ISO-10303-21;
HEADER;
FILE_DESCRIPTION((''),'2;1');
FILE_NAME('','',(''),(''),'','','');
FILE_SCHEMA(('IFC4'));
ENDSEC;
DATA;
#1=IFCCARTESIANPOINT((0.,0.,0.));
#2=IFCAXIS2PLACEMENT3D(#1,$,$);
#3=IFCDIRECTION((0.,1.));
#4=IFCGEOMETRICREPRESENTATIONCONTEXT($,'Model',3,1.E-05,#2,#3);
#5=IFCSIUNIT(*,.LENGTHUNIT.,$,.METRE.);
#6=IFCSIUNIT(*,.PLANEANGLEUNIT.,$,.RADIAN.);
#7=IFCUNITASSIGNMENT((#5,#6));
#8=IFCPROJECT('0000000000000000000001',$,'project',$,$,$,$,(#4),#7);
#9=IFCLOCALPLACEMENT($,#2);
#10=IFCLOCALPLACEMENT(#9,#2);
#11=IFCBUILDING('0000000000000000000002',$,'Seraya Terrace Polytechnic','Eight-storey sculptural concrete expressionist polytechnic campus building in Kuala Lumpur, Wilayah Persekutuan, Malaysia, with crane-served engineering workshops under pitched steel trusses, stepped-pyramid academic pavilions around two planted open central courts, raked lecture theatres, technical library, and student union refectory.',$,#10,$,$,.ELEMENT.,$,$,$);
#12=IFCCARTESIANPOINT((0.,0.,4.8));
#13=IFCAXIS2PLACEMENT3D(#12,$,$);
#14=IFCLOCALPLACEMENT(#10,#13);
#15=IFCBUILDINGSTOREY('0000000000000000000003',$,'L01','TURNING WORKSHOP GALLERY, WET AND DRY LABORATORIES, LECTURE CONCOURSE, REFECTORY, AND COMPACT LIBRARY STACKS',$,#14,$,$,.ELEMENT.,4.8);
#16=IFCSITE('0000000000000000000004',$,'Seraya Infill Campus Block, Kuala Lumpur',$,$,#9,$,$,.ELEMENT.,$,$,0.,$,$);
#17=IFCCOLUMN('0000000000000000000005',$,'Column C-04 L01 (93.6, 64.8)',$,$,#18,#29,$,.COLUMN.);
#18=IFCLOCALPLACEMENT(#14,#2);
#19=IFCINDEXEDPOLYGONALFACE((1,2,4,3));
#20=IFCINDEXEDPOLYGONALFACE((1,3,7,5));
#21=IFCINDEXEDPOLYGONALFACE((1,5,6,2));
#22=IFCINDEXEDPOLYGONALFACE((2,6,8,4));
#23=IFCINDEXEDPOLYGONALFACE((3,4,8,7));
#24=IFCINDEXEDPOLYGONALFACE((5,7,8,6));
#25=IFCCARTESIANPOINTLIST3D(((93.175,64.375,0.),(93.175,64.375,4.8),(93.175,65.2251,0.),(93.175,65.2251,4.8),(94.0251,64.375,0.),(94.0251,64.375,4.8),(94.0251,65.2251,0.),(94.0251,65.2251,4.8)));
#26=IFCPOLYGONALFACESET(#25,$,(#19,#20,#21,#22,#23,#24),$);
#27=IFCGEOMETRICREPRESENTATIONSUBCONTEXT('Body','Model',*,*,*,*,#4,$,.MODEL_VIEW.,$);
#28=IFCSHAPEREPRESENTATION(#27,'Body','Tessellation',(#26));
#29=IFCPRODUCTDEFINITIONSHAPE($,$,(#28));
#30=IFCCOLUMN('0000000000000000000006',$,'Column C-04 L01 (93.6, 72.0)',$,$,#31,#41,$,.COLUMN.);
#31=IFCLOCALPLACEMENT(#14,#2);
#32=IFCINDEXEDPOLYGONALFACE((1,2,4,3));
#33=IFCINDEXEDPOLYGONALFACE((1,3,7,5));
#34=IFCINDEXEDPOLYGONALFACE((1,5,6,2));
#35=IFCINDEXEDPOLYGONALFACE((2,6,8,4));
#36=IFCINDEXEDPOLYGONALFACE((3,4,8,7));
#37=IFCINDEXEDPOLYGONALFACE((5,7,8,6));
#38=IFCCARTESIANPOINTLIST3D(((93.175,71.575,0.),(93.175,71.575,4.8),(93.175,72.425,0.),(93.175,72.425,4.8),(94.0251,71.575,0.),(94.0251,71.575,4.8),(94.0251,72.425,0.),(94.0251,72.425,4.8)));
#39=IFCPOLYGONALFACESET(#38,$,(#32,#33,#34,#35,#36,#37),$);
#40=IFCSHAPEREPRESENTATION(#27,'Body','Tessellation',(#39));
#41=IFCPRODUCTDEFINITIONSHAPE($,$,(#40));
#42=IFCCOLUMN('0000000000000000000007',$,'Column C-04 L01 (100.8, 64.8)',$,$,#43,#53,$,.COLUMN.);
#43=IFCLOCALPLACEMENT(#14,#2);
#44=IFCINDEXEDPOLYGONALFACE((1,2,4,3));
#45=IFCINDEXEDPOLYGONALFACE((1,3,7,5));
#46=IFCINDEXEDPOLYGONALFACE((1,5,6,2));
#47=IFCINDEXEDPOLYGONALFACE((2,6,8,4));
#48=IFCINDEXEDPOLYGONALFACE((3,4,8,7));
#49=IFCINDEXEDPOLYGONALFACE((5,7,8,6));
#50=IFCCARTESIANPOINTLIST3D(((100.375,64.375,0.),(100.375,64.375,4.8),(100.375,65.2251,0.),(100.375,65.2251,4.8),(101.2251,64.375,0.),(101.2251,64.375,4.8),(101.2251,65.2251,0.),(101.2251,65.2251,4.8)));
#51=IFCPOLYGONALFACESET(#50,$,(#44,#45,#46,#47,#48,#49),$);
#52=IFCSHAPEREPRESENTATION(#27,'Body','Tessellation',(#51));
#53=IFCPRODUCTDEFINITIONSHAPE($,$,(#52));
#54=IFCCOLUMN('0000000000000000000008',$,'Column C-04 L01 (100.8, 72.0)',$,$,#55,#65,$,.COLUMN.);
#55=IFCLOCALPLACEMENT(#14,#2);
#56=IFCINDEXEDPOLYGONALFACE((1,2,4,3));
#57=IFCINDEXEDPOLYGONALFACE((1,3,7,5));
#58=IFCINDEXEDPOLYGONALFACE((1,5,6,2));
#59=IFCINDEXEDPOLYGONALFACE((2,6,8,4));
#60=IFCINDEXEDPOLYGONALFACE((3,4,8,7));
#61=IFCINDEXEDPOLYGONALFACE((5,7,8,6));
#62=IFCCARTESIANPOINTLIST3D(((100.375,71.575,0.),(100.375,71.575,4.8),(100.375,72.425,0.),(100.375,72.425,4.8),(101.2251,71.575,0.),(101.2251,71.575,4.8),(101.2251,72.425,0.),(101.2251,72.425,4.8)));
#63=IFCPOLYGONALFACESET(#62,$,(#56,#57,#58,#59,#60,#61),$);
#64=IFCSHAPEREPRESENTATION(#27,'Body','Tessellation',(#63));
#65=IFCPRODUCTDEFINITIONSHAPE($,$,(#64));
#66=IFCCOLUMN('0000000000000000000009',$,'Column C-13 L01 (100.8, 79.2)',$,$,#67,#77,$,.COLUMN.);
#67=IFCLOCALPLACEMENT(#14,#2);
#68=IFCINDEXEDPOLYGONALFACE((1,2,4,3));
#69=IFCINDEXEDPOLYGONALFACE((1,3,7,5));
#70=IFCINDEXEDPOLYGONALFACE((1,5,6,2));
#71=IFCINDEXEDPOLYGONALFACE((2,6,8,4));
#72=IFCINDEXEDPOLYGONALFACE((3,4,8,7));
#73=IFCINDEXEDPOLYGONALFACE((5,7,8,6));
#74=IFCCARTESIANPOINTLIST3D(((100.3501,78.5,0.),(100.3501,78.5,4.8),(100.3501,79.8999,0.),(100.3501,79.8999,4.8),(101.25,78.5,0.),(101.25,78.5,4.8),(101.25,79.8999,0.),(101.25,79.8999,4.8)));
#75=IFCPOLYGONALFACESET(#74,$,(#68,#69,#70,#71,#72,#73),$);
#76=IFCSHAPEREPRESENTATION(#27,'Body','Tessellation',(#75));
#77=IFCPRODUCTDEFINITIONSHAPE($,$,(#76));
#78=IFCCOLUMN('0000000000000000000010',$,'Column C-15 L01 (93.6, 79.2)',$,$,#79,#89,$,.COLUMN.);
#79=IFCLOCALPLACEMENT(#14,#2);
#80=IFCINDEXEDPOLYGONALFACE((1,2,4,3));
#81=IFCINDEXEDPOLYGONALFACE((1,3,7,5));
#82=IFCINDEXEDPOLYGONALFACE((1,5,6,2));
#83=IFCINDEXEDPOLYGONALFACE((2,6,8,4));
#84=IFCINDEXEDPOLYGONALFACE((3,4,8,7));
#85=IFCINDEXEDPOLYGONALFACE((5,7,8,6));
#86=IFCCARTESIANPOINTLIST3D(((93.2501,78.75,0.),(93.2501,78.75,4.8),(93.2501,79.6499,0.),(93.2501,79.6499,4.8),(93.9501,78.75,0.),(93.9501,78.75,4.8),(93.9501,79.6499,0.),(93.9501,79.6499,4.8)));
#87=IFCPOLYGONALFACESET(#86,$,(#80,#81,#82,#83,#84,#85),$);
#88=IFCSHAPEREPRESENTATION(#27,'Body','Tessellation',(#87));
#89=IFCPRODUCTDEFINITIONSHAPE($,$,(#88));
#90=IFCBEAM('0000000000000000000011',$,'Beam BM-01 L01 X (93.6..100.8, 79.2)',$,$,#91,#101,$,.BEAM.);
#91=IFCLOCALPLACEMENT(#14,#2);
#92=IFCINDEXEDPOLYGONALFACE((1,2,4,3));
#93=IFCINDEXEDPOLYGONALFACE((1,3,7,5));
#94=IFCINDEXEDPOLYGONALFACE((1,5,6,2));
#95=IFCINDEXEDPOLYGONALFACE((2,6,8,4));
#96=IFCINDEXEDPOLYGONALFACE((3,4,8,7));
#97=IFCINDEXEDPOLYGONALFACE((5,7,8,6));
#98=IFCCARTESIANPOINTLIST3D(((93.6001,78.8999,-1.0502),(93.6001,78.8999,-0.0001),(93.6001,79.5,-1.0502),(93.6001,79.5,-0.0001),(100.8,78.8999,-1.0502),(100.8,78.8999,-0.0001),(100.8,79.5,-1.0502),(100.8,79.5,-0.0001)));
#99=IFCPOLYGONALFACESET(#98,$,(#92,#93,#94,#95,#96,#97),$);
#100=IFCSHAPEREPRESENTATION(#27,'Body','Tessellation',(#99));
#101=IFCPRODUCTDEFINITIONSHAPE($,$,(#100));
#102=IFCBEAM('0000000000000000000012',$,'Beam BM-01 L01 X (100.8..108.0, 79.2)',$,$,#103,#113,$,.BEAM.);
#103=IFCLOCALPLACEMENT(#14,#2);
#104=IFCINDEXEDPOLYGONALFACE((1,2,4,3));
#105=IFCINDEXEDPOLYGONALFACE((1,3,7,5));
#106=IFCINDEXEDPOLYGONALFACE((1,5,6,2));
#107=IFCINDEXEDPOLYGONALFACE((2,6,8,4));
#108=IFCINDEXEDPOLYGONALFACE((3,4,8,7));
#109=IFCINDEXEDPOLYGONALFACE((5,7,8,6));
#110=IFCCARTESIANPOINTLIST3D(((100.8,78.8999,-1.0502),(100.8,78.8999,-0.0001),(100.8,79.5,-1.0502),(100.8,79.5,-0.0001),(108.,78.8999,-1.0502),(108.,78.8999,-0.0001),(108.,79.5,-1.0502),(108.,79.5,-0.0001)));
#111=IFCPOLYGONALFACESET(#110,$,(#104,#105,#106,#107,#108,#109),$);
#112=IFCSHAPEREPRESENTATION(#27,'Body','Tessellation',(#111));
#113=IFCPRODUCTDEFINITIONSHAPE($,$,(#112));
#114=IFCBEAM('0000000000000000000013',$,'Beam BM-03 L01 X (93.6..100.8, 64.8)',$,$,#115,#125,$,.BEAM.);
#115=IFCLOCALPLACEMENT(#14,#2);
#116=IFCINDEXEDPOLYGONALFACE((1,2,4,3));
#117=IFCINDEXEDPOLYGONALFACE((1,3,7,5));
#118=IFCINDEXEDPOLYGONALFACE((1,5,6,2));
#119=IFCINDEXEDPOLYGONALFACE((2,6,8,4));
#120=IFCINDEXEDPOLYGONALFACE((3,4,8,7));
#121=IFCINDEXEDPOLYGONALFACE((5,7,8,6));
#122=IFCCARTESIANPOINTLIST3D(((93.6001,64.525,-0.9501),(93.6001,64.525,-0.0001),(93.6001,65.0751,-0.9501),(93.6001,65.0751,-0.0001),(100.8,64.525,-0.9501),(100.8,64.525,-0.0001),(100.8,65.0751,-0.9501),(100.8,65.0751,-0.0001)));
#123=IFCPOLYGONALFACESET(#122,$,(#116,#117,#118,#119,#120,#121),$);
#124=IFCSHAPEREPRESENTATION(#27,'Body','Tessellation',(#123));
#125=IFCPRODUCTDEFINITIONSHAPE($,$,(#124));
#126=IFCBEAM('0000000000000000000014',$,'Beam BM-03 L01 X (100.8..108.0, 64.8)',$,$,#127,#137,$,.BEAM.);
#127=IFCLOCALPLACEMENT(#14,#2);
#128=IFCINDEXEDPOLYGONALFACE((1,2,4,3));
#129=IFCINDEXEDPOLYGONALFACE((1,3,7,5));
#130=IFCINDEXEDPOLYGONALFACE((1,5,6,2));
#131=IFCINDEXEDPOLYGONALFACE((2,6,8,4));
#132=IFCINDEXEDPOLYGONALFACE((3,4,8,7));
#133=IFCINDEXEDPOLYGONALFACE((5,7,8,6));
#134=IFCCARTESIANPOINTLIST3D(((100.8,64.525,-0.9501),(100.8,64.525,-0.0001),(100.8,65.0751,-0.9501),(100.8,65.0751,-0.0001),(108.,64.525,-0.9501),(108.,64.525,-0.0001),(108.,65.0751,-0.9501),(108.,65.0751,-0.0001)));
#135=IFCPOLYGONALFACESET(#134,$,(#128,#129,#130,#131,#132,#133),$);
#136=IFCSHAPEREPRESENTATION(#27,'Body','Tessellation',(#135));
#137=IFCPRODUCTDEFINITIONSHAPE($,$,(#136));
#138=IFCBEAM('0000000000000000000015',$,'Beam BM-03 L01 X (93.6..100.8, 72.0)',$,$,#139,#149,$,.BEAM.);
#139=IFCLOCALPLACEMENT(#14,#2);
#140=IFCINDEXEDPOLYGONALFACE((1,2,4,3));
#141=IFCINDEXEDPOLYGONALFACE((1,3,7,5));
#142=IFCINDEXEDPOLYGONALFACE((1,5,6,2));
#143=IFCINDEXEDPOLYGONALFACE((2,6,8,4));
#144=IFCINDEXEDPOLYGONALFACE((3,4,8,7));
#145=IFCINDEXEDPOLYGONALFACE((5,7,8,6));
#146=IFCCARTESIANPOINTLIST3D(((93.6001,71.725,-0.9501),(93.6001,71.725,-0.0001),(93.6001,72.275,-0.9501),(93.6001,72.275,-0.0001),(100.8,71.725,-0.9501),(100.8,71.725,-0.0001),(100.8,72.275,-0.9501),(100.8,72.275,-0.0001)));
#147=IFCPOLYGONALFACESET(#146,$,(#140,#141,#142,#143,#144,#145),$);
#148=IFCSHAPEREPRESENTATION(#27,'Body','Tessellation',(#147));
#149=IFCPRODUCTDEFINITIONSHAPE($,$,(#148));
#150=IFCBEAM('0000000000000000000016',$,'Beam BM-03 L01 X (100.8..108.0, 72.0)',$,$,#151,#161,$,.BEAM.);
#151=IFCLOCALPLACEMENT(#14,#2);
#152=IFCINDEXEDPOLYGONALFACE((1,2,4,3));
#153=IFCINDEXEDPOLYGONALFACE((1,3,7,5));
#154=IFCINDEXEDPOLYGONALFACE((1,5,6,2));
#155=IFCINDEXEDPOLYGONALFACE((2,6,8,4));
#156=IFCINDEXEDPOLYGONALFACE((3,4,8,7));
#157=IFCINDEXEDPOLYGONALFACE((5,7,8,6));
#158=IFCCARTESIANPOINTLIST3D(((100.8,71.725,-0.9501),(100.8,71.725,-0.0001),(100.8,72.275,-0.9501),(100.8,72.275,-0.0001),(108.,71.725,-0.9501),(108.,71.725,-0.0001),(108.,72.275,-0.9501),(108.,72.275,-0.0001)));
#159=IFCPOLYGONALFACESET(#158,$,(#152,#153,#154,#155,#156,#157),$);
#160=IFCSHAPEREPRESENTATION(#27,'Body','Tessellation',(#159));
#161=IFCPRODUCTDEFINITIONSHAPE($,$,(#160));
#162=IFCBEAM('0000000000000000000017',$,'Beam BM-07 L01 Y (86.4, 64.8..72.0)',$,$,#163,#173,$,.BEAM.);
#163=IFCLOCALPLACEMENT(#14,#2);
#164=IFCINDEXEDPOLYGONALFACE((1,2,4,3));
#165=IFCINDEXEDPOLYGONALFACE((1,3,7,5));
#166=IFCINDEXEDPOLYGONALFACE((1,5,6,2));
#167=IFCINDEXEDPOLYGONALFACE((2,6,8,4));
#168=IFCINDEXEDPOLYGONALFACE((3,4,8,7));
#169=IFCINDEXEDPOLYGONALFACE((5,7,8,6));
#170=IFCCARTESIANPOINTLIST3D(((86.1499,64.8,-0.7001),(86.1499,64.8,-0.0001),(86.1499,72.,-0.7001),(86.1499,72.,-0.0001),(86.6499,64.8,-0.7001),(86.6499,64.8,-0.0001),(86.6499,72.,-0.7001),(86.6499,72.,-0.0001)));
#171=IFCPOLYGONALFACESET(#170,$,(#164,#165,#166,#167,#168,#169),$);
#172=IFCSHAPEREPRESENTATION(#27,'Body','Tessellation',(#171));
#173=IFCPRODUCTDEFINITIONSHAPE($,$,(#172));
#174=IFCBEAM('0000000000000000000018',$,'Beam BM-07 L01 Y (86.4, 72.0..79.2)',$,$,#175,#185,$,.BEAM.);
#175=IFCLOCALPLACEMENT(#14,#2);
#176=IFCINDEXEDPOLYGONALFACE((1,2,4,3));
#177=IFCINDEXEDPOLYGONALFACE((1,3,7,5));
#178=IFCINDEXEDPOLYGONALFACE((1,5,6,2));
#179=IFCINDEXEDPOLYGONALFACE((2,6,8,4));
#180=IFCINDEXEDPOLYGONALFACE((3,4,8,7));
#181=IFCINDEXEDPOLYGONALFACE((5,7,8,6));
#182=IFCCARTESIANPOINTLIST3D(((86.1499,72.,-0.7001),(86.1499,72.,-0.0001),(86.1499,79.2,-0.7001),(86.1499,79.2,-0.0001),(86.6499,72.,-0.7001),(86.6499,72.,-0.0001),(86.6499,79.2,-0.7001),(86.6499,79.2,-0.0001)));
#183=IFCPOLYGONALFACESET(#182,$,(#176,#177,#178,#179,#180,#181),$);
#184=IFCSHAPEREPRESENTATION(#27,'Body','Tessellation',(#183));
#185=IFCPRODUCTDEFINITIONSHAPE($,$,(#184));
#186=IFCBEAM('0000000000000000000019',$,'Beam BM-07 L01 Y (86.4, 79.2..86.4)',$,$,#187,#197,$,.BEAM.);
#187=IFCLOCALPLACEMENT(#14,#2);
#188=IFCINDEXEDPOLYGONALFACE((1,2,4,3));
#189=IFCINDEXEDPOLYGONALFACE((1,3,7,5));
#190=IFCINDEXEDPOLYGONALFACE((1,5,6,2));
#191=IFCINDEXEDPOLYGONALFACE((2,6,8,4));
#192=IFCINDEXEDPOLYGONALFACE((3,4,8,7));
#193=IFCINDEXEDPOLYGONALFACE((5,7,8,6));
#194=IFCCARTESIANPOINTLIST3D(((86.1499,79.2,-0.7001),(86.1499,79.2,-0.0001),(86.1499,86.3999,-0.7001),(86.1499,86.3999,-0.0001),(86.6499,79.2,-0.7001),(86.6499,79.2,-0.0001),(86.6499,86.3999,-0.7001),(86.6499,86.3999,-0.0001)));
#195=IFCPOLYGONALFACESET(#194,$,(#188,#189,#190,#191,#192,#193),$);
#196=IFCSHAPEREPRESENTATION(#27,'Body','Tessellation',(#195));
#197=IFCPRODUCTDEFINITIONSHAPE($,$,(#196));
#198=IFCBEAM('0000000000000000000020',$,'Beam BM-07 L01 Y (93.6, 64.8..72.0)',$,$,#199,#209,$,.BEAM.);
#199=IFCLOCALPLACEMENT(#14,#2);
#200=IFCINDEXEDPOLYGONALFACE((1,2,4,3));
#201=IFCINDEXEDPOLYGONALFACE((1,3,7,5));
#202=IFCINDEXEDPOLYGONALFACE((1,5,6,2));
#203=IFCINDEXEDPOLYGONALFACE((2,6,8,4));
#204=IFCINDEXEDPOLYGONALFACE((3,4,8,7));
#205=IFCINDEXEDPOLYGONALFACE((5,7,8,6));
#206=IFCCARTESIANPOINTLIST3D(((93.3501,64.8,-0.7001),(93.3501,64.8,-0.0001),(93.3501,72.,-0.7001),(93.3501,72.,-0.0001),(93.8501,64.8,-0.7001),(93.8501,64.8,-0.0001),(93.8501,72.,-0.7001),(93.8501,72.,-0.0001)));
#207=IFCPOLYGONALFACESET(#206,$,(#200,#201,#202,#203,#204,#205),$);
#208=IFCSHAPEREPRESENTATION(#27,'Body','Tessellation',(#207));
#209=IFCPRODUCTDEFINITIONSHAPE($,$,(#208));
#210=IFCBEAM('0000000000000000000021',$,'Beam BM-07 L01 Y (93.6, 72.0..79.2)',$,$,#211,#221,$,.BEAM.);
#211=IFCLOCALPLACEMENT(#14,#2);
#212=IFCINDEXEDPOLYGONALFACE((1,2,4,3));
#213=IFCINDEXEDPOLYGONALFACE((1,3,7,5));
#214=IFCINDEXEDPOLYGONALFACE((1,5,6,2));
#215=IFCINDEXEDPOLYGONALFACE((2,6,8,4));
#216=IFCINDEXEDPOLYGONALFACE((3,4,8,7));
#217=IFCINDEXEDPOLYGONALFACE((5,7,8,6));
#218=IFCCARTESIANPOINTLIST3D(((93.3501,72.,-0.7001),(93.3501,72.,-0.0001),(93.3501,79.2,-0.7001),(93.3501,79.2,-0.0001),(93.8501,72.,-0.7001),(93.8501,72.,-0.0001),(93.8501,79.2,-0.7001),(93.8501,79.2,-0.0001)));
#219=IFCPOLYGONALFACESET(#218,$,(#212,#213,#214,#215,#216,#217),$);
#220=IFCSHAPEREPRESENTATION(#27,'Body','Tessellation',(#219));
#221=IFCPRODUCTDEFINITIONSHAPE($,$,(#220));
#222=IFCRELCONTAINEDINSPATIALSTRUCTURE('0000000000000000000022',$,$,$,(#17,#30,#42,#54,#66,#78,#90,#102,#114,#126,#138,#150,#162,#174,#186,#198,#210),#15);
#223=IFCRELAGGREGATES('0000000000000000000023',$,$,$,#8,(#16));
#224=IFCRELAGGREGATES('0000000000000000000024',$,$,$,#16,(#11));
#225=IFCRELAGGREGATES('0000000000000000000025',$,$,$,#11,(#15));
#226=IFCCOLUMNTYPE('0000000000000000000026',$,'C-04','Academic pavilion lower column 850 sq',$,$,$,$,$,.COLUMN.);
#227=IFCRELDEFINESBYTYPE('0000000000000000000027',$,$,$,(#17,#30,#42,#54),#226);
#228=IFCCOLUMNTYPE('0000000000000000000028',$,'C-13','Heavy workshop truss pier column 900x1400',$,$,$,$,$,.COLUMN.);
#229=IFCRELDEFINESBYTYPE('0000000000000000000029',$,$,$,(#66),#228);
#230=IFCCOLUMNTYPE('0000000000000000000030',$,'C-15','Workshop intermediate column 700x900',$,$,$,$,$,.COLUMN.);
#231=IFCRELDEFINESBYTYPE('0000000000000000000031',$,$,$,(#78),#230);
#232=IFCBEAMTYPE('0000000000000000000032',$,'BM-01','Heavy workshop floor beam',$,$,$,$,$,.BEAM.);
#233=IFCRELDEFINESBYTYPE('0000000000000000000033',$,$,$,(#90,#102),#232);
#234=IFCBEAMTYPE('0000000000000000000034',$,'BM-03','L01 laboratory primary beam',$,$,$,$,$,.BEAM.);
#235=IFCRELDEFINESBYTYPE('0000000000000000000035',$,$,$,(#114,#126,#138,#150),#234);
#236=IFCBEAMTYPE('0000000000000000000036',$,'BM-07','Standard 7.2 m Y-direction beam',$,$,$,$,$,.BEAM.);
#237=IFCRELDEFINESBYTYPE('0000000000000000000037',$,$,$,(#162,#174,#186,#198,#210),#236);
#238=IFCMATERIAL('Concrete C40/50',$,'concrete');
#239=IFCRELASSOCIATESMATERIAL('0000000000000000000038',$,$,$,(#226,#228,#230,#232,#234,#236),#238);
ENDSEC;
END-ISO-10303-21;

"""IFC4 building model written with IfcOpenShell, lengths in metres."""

from ifc_helpers import new_model, si_unit, direction, frame, origin, origin_2d, place, context, subcontext, project, spatial, rectangle, extrude, material, material_profile, profile_set, type_object, element, save


model = new_model("IFC4")

# Units and contexts
model_context = context("Model", 3, precision=1e-05, world=origin(), true_north=direction((0.0, 1.0)))
body_context = subcontext(model_context, "Body", "Model", "MODEL_VIEW")
ifc_project = project(units=[si_unit("LENGTHUNIT", "METRE"), si_unit("PLANEANGLEUNIT", "RADIAN")], contexts=[model_context])

# Site, building, storey
site_placement = place(None, origin())
site = spatial("IfcSite", under=ifc_project, at=site_placement, Name="Seraya Infill Campus Block, Kuala Lumpur", CompositionType="ELEMENT", RefElevation=0.0)
building_placement = place(site_placement, origin())
building = spatial("IfcBuilding", under=site, at=building_placement, Name="Seraya Terrace Polytechnic", Description="Eight-storey sculptural concrete expressionist polytechnic campus building in Kuala Lumpur, Wilayah Persekutuan, Malaysia, with crane-served engineering workshops under pitched steel trusses, stepped-pyramid academic pavilions around two planted open central courts, raked lecture theatres, technical library, and student union refectory.", CompositionType="ELEMENT")
storey_placement = place(building_placement, frame((0.0, 0.0, 4.8)))
storey = spatial("IfcBuildingStorey", under=building, at=storey_placement, Name="L01", Description="TURNING WORKSHOP GALLERY, WET AND DRY LABORATORIES, LECTURE CONCOURSE, REFECTORY, AND COMPACT LIBRARY STACKS", CompositionType="ELEMENT", Elevation=4.8)

# Columns
ifc_material_1 = material(Name="Concrete C40/50", Category="concrete")
ifc_material_profile_1 = material_profile(ifc_material_1, rectangle(XDim=0.8501, YDim=0.8501, at=origin_2d()), Name="RC 850x850")
ifc_profile_set_1 = profile_set([ifc_material_profile_1], Name="Concrete C40/50")
column_type_1 = type_object("IfcColumnType", Name="C-04", Description="Academic pavilion lower column 850 sq", PredefinedType="COLUMN", material=ifc_profile_set_1)
for number, where, z_axis, x_axis, name in (
    (1, (93.6001, 64.8, 0.0), (0.0, 0.0, 1.0), (1.0, 0.0, 0.0), "Column C-04 L01 (93.6, 64.8)"),
    (2, (93.6001, 72.0, 0.0), (0.0, 0.0, 1.0), (1.0, 0.0, 0.0), "Column C-04 L01 (93.6, 72.0)"),
    (3, (100.8, 64.8, 0.0), (0.0, 0.0, 1.0), (1.0, 0.0, 0.0), "Column C-04 L01 (100.8, 64.8)"),
    (4, (100.8, 72.0, 0.0), (0.0, 0.0, 1.0), (1.0, 0.0, 0.0), "Column C-04 L01 (100.8, 72.0)"),
):
    element("IfcColumn", number, at=place(storey_placement, frame(where, z_axis=z_axis, x_axis=x_axis)), inside=storey, type_object=column_type_1, Name=name, PredefinedType="COLUMN", context=body_context, shape_type="SweptSolid", body=[
        extrude(rectangle(XDim=0.8501, YDim=0.8501, at=origin_2d()), origin(), (0.0, 0.0, 1.0), 4.8),
    ])
ifc_material_profile_2 = material_profile(ifc_material_1, rectangle(XDim=0.8999, YDim=1.3999, at=origin_2d()), Name="RC 900x1400")
ifc_profile_set_2 = profile_set([ifc_material_profile_2], Name="Concrete C40/50")
column_type_2 = type_object("IfcColumnType", Name="C-13", Description="Heavy workshop truss pier column 900x1400", PredefinedType="COLUMN", material=ifc_profile_set_2)
column_1_placement = place(storey_placement, frame((100.8, 79.2, 0.0), z_axis=(0.0, 0.0, 1.0), x_axis=(1.0, 0.0, 0.0)))
element("IfcColumn", 5, at=column_1_placement, inside=storey, type_object=column_type_2, Name="Column C-13 L01 (100.8, 79.2)", PredefinedType="COLUMN", context=body_context, shape_type="SweptSolid", body=[
    extrude(rectangle(XDim=0.8999, YDim=1.3999, at=origin_2d()), origin(), (0.0, 0.0, 1.0), 4.8),
])
ifc_material_profile_3 = material_profile(ifc_material_1, rectangle(XDim=0.7, YDim=0.8999, at=origin_2d()), Name="RC 700x900")
ifc_profile_set_3 = profile_set([ifc_material_profile_3], Name="Concrete C40/50")
column_type_3 = type_object("IfcColumnType", Name="C-15", Description="Workshop intermediate column 700x900", PredefinedType="COLUMN", material=ifc_profile_set_3)
column_2_placement = place(storey_placement, frame((93.6001, 79.2, 0.0), z_axis=(0.0, 0.0, 1.0), x_axis=(1.0, 0.0, 0.0)))
element("IfcColumn", 6, at=column_2_placement, inside=storey, type_object=column_type_3, Name="Column C-15 L01 (93.6, 79.2)", PredefinedType="COLUMN", context=body_context, shape_type="SweptSolid", body=[
    extrude(rectangle(XDim=0.7, YDim=0.8999, at=origin_2d()), origin(), (0.0, 0.0, 1.0), 4.8),
])

# Beams
ifc_material_profile_4 = material_profile(ifc_material_1, rectangle(XDim=0.6001, YDim=1.05, at=origin_2d()), Name="RC 600x1050")
ifc_profile_set_4 = profile_set([ifc_material_profile_4], Name="Concrete C40/50")
beam_type_1 = type_object("IfcBeamType", Name="BM-01", Description="Heavy workshop floor beam", PredefinedType="BEAM", material=ifc_profile_set_4)
for number, where, z_axis, x_axis, name in (
    (7, (93.6001, 79.2, -0.5251), (1.0, 0.0, 0.0), (0.0, 1.0, 0.0), "Beam BM-01 L01 X (93.6..100.8, 79.2)"),
    (8, (100.8, 79.2, -0.5251), (1.0, 0.0, 0.0), (0.0, 1.0, 0.0), "Beam BM-01 L01 X (100.8..108.0, 79.2)"),
):
    element("IfcBeam", number, at=place(storey_placement, frame(where, z_axis=z_axis, x_axis=x_axis)), inside=storey, type_object=beam_type_1, Name=name, PredefinedType="BEAM", context=body_context, shape_type="SweptSolid", body=[
        extrude(rectangle(XDim=0.6001, YDim=1.05, at=origin_2d()), origin(), (0.0, 0.0, 1.0), 7.2),
    ])
ifc_material_profile_5 = material_profile(ifc_material_1, rectangle(XDim=0.55, YDim=0.95, at=origin_2d()), Name="RC 550x950")
ifc_profile_set_5 = profile_set([ifc_material_profile_5], Name="Concrete C40/50")
beam_type_2 = type_object("IfcBeamType", Name="BM-03", Description="L01 laboratory primary beam", PredefinedType="BEAM", material=ifc_profile_set_5)
for number, where, z_axis, x_axis, name in (
    (9, (93.6001, 64.8, -0.4751), (1.0, 0.0, 0.0), (0.0, 1.0, 0.0), "Beam BM-03 L01 X (93.6..100.8, 64.8)"),
    (10, (100.8, 64.8, -0.4751), (1.0, 0.0, 0.0), (0.0, 1.0, 0.0), "Beam BM-03 L01 X (100.8..108.0, 64.8)"),
    (11, (93.6001, 72.0, -0.4751), (1.0, 0.0, 0.0), (0.0, 1.0, 0.0), "Beam BM-03 L01 X (93.6..100.8, 72.0)"),
    (12, (100.8, 72.0, -0.4751), (1.0, 0.0, 0.0), (0.0, 1.0, 0.0), "Beam BM-03 L01 X (100.8..108.0, 72.0)"),
):
    element("IfcBeam", number, at=place(storey_placement, frame(where, z_axis=z_axis, x_axis=x_axis)), inside=storey, type_object=beam_type_2, Name=name, PredefinedType="BEAM", context=body_context, shape_type="SweptSolid", body=[
        extrude(rectangle(XDim=0.55, YDim=0.95, at=origin_2d()), origin(), (0.0, 0.0, 1.0), 7.2),
    ])
ifc_material_profile_6 = material_profile(ifc_material_1, rectangle(XDim=0.5, YDim=0.7, at=origin_2d()), Name="RC 500x700")
ifc_profile_set_6 = profile_set([ifc_material_profile_6], Name="Concrete C40/50")
beam_type_3 = type_object("IfcBeamType", Name="BM-07", Description="Standard 7.2 m Y-direction beam", PredefinedType="BEAM", material=ifc_profile_set_6)
for number, where, z_axis, x_axis, name in (
    (13, (86.3999, 64.8, -0.3501), (0.0, 1.0, 0.0), (-1.0, 0.0, 0.0), "Beam BM-07 L01 Y (86.4, 64.8..72.0)"),
    (14, (86.3999, 72.0, -0.3501), (0.0, 1.0, 0.0), (-1.0, 0.0, 0.0), "Beam BM-07 L01 Y (86.4, 72.0..79.2)"),
    (15, (86.3999, 79.2, -0.3501), (0.0, 1.0, 0.0), (-1.0, 0.0, 0.0), "Beam BM-07 L01 Y (86.4, 79.2..86.4)"),
    (16, (93.6001, 64.8, -0.3501), (0.0, 1.0, 0.0), (-1.0, 0.0, 0.0), "Beam BM-07 L01 Y (93.6, 64.8..72.0)"),
    (17, (93.6001, 72.0, -0.3501), (0.0, 1.0, 0.0), (-1.0, 0.0, 0.0), "Beam BM-07 L01 Y (93.6, 72.0..79.2)"),
):
    element("IfcBeam", number, at=place(storey_placement, frame(where, z_axis=z_axis, x_axis=x_axis)), inside=storey, type_object=beam_type_3, Name=name, PredefinedType="BEAM", context=body_context, shape_type="SweptSolid", body=[
        extrude(rectangle(XDim=0.5, YDim=0.7, at=origin_2d()), origin(), (0.0, 0.0, 1.0), 7.2),
    ])

save(model, "model.ifc")
